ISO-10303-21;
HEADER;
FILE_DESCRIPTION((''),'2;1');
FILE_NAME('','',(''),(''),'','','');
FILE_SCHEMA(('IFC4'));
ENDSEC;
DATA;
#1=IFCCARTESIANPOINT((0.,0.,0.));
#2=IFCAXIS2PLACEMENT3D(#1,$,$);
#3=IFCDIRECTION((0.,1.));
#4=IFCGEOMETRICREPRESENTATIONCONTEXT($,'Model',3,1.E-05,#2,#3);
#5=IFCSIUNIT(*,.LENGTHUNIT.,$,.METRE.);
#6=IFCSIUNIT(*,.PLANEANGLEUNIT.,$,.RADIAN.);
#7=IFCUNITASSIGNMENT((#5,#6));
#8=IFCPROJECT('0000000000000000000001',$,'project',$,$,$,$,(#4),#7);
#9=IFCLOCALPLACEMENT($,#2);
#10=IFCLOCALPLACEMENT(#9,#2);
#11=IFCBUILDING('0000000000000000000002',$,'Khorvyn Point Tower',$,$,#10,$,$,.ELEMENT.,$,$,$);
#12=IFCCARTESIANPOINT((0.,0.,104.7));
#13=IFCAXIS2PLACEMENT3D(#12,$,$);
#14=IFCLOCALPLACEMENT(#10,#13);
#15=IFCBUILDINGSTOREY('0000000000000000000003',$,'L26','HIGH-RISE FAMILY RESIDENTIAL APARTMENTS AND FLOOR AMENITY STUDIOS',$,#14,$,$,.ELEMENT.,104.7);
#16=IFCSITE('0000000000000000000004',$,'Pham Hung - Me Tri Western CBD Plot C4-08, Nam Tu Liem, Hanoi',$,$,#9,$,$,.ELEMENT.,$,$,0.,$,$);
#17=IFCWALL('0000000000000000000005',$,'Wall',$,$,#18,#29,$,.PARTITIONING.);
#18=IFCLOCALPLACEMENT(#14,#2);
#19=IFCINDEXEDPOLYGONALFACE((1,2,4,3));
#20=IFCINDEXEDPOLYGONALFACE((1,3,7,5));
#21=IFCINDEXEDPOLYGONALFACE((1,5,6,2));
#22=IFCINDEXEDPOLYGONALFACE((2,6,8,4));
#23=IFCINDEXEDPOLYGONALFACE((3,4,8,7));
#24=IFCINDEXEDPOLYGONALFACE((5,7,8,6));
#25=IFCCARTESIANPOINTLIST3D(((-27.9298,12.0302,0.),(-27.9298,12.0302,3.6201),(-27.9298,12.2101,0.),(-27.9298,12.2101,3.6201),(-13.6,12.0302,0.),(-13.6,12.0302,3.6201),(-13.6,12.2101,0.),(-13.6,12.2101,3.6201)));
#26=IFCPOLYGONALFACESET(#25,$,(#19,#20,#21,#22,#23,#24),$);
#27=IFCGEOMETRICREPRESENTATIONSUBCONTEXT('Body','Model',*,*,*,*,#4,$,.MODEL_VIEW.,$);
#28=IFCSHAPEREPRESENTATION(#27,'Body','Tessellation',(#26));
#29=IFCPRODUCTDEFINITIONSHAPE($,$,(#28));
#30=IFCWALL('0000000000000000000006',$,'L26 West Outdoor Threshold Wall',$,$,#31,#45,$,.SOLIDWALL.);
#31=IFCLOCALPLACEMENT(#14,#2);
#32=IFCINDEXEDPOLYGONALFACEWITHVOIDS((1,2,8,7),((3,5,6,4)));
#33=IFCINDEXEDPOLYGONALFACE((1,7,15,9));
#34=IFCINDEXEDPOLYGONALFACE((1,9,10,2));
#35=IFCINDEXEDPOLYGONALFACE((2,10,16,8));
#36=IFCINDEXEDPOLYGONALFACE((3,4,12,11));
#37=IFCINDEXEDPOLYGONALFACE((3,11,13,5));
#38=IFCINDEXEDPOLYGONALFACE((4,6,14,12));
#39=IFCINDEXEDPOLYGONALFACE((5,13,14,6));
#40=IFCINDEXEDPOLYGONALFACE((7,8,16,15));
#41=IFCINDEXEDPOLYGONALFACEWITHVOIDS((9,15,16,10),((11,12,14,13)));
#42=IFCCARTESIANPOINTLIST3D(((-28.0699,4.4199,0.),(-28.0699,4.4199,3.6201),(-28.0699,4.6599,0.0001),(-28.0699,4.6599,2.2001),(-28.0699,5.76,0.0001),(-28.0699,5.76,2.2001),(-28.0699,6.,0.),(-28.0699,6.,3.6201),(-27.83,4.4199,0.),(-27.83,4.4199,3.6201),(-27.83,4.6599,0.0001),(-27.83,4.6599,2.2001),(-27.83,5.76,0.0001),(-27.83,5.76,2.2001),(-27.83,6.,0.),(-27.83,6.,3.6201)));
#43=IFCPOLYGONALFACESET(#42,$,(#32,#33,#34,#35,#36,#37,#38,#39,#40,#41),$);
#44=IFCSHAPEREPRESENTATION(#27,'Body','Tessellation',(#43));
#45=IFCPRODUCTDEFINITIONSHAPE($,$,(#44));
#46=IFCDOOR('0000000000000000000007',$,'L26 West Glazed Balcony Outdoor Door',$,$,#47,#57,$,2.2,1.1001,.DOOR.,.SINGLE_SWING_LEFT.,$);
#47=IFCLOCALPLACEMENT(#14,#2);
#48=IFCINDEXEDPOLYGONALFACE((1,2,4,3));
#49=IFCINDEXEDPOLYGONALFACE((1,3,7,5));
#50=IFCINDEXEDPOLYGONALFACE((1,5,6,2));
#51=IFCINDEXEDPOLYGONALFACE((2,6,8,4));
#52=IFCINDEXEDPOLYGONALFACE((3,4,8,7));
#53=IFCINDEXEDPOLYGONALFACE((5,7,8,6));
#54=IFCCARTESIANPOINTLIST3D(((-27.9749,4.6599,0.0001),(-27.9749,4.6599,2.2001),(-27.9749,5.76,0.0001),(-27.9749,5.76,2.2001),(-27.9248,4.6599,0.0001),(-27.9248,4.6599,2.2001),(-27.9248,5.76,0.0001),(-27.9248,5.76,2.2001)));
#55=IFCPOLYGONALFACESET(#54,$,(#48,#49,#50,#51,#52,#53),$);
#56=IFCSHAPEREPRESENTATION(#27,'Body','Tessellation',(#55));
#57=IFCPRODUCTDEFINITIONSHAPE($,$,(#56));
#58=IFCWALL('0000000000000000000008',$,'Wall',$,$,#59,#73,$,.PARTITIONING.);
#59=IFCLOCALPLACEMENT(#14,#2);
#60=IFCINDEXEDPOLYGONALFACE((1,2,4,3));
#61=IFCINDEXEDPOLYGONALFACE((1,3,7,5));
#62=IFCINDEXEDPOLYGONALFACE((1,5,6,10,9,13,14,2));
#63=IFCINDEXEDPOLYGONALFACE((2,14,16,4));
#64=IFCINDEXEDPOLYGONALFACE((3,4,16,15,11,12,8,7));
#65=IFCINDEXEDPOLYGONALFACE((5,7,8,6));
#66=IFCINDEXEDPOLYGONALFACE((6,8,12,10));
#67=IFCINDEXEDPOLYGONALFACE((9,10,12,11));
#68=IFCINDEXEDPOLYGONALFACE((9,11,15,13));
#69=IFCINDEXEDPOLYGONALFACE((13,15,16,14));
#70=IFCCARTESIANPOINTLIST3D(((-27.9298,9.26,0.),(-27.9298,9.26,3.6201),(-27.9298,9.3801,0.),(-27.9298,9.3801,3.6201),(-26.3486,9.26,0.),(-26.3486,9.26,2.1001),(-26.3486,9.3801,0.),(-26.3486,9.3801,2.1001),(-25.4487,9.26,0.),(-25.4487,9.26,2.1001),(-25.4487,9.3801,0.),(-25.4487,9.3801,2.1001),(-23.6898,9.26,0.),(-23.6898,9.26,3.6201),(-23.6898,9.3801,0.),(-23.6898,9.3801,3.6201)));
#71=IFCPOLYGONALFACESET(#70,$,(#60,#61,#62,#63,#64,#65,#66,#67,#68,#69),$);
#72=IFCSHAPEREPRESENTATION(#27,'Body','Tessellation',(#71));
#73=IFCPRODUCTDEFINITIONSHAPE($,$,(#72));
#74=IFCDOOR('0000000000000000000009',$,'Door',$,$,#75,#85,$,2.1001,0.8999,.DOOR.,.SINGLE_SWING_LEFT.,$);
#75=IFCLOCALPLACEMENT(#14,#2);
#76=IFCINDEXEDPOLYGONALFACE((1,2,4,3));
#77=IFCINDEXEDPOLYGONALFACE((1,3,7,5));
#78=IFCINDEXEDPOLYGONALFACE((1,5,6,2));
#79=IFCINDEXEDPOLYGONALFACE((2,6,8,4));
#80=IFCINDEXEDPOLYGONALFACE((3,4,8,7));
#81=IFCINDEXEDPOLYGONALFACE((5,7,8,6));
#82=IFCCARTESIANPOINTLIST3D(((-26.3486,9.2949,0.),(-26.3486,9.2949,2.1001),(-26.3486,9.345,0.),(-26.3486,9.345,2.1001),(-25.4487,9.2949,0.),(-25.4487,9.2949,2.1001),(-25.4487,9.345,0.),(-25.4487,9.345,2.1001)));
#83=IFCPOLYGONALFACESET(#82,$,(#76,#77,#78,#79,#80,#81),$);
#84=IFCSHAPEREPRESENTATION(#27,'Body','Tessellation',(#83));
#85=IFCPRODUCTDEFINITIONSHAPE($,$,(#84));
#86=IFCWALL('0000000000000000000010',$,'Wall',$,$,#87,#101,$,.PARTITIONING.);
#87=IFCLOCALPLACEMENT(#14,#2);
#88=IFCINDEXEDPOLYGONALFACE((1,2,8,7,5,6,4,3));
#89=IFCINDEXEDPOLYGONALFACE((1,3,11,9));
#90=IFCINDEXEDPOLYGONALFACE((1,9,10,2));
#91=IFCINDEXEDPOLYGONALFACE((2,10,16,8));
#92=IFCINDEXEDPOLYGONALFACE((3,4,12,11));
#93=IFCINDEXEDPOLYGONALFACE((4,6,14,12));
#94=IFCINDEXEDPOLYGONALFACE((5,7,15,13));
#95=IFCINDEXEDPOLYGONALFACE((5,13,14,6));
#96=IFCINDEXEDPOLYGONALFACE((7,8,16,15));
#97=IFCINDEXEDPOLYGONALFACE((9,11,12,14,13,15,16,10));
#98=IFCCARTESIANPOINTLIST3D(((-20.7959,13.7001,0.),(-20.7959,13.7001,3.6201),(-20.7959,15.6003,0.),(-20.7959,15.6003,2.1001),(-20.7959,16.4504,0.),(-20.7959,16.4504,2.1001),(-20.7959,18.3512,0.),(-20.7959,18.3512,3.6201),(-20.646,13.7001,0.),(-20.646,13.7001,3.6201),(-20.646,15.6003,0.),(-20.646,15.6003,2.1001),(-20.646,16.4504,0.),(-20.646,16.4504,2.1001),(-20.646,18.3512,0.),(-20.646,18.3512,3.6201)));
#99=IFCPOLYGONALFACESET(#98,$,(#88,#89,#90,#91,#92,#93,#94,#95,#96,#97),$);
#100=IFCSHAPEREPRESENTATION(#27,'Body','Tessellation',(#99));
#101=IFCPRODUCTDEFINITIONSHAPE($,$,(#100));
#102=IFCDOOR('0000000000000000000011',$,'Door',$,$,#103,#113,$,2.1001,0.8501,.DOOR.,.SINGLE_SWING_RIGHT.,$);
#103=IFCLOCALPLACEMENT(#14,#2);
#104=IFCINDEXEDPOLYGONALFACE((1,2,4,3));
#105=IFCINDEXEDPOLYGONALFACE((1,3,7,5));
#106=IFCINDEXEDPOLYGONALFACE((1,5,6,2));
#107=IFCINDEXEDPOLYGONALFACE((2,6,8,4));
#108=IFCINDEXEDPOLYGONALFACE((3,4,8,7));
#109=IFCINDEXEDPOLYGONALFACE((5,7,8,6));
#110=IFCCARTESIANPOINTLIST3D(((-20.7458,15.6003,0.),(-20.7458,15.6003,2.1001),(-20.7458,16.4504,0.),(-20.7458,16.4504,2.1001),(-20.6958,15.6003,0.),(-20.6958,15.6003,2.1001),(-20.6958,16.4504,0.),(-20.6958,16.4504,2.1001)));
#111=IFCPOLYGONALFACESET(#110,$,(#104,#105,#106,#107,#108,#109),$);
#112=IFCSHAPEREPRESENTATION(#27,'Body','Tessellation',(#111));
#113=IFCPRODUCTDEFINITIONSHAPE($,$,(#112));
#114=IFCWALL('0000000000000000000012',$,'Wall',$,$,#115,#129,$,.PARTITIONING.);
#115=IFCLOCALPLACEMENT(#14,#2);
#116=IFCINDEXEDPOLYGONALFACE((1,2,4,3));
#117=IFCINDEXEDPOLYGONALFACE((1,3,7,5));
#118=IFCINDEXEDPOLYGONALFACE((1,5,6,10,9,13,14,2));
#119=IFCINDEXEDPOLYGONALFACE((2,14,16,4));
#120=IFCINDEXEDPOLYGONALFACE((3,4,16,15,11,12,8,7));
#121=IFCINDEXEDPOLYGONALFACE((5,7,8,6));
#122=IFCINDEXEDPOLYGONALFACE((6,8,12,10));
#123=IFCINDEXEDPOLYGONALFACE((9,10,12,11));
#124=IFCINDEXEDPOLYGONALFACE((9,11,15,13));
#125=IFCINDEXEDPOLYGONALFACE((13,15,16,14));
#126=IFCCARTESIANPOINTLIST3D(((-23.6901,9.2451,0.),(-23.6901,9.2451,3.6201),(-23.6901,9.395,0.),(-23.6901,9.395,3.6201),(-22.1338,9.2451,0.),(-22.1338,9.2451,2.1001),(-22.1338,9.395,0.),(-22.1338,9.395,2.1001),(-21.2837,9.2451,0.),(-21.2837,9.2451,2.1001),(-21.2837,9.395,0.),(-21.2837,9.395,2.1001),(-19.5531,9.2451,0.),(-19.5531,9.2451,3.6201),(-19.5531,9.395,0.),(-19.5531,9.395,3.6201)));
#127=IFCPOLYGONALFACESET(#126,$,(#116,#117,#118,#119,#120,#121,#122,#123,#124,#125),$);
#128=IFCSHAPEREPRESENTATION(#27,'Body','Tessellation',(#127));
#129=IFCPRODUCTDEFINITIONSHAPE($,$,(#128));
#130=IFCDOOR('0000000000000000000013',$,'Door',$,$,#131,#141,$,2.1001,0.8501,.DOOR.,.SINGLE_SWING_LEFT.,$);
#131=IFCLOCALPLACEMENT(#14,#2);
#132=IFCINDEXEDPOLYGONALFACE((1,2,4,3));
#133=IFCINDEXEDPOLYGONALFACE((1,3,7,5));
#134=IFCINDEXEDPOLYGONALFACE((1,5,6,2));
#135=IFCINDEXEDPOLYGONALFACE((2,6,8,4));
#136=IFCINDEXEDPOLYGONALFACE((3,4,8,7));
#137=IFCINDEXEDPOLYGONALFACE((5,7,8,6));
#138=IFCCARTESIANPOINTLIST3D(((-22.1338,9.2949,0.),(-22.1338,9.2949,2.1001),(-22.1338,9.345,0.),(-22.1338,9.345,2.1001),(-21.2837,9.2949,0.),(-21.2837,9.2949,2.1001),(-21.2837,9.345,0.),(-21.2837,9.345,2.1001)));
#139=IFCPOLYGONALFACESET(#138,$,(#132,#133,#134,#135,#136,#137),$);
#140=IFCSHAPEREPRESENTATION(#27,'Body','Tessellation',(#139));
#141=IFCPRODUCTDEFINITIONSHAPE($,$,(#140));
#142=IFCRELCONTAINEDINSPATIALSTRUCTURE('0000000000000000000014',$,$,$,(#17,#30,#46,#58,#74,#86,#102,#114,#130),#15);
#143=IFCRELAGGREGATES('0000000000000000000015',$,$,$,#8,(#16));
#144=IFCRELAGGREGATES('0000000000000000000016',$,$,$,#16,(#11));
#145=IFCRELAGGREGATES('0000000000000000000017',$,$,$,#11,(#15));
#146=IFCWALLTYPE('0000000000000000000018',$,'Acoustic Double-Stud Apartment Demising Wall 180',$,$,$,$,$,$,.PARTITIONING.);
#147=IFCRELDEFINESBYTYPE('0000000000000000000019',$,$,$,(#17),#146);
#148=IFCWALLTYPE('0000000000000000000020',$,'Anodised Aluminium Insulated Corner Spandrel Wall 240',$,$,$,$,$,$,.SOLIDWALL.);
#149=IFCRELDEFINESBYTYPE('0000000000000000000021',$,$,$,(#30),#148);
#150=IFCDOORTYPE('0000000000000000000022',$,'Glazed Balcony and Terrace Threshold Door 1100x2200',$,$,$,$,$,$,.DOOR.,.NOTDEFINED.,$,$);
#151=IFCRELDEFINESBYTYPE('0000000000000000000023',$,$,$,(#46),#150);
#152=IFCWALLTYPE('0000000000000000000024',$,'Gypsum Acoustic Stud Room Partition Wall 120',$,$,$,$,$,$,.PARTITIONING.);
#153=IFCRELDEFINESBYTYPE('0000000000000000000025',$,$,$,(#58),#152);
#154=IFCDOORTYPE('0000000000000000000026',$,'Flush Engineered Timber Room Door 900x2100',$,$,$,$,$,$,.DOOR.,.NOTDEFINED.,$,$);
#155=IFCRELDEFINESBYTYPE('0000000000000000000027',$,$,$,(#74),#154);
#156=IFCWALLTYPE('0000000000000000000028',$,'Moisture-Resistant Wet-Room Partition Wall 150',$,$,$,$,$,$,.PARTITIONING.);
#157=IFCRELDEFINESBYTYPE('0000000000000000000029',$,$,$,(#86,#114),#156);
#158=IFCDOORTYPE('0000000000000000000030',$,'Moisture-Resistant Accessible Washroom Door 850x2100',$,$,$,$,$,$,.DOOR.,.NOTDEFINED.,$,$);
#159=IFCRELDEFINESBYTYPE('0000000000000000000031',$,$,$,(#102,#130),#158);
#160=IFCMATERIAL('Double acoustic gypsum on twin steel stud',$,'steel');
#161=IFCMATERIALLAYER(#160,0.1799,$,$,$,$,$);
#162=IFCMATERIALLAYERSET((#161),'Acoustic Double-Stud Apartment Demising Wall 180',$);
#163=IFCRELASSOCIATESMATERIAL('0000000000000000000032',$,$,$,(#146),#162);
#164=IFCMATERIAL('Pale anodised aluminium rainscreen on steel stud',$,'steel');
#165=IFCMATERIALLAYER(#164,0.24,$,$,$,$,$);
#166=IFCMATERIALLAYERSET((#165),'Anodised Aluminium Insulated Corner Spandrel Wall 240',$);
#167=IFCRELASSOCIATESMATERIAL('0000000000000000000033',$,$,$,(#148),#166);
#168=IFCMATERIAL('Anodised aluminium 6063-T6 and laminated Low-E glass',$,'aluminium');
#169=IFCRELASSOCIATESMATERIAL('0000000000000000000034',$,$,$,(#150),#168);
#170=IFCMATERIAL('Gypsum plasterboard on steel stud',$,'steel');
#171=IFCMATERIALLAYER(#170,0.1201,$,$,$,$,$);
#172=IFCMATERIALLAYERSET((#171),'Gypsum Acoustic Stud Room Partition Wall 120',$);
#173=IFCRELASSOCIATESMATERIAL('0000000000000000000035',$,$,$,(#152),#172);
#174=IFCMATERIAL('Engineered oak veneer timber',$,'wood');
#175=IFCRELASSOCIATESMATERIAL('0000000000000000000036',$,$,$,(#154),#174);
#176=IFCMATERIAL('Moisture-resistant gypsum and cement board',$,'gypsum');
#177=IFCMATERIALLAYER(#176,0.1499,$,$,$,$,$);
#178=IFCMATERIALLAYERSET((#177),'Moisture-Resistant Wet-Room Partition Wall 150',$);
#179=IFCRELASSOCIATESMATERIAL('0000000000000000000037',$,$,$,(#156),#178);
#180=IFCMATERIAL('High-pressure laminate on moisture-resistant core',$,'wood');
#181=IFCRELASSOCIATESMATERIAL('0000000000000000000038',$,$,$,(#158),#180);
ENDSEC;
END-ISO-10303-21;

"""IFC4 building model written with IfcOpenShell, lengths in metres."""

from ifc_helpers import new_model, si_unit, direction, frame, frame_2d, origin, place, context, subcontext, project, spatial, rectangle, extrude, material, layer, layer_set, type_object, element, fill, save


model = new_model("IFC4")

# Units and contexts
model_context = context("Model", 3, precision=1e-05, world=origin(), true_north=direction((0.0, 1.0)))
body_context = subcontext(model_context, "Body", "Model", "MODEL_VIEW")
ifc_project = project(units=[si_unit("LENGTHUNIT", "METRE"), si_unit("PLANEANGLEUNIT", "RADIAN")], contexts=[model_context])

# Site, building, storey
site_placement = place(None, origin())
site = spatial("IfcSite", under=ifc_project, at=site_placement, Name="Pham Hung - Me Tri Western CBD Plot C4-08, Nam Tu Liem, Hanoi", CompositionType="ELEMENT", RefElevation=0.0)
building_placement = place(site_placement, origin())
building = spatial("IfcBuilding", under=site, at=building_placement, Name="Khorvyn Point Tower", CompositionType="ELEMENT")
storey_placement = place(building_placement, frame((0.0, 0.0, 104.7)))
storey = spatial("IfcBuildingStorey", under=building, at=storey_placement, Name="L26", Description="HIGH-RISE FAMILY RESIDENTIAL APARTMENTS AND FLOOR AMENITY STUDIOS", CompositionType="ELEMENT", Elevation=104.7)

# Shared definitions
ifc_material_1 = material(Name="Anodised aluminium 6063-T6 and laminated Low-E glass", Category="aluminium")

# Shared definitions
ifc_material_2 = material(Name="Double acoustic gypsum on twin steel stud", Category="steel")
ifc_layer_1 = layer(ifc_material_2, 0.1799)
ifc_layer_set_1 = layer_set([ifc_layer_1], Name="Acoustic Double-Stud Apartment Demising Wall 180")
wall_type_1 = type_object("IfcWallType", Name="Acoustic Double-Stud Apartment Demising Wall 180", PredefinedType="PARTITIONING", material=ifc_layer_set_1)

# Wall
wall_1_placement = place(storey_placement, frame((-27.9299, 12.1201, 0.0), z_axis=(0.0, 0.0, 1.0), x_axis=(1.0, 0.0, 0.0)))
element("IfcWall", 1, at=wall_1_placement, inside=storey, type_object=wall_type_1, Name="Wall", PredefinedType="PARTITIONING", context=body_context, shape_type="SweptSolid", body=[
    extrude(rectangle(XDim=14.3298, YDim=0.1799, at=frame_2d((7.165, 0.0))), origin(), (0.0, 0.0, 1.0), 3.6201),
])

# Walls, openings, doors
ifc_material_3 = material(Name="Pale anodised aluminium rainscreen on steel stud", Category="steel")
ifc_layer_2 = layer(ifc_material_3, 0.24)
ifc_layer_set_2 = layer_set([ifc_layer_2], Name="Anodised Aluminium Insulated Corner Spandrel Wall 240")
wall_type_2 = type_object("IfcWallType", Name="Anodised Aluminium Insulated Corner Spandrel Wall 240", PredefinedType="SOLIDWALL", material=ifc_layer_set_2)
wall_2_placement = place(storey_placement, frame((-27.95, 4.4199, 0.0), z_axis=(0.0, 0.0, 1.0), x_axis=(0.0, 1.0, 0.0)))
wall_2 = element("IfcWall", 2, at=wall_2_placement, inside=storey, type_object=wall_type_2, Name="L26 West Outdoor Threshold Wall", PredefinedType="SOLIDWALL", context=body_context, shape_type="SweptSolid", body=[
    extrude(rectangle(XDim=1.5801, YDim=0.24, at=frame_2d((0.79, 0.0))), origin(), (0.0, 0.0, 1.0), 3.6201),
])
opening_1_placement = place(wall_2_placement, frame((0.24, 0.0, 0.0)))
opening_1 = element("IfcOpeningElement", 3, at=opening_1_placement, cuts=wall_2, PredefinedType="OPENING", context=body_context, shape_type="SweptSolid", body=[
    extrude(rectangle(XDim=1.1001, YDim=2.2, at=frame_2d((0.55, 1.1001))), frame((0.0, 0.1299, 0.0), z_axis=(0.0, -1.0, 0.0), x_axis=(1.0, 0.0, 0.0)), (0.0, 0.0, 1.0), 0.26),
])
door_type_1 = type_object("IfcDoorType", Name="Glazed Balcony and Terrace Threshold Door 1100x2200", OperationType="NOTDEFINED", PredefinedType="DOOR", material=ifc_material_1)
door_1_placement = place(opening_1_placement, origin())
door_1 = element("IfcDoor", 4, at=door_1_placement, inside=storey, type_object=door_type_1, Name="L26 West Glazed Balcony Outdoor Door", OperationType="SINGLE_SWING_LEFT", OverallHeight=2.2, OverallWidth=1.1001, PredefinedType="DOOR", context=body_context, shape_type="SweptSolid", body=[
    extrude(rectangle(XDim=1.1001, YDim=2.2, at=frame_2d((0.55, 1.1001))), frame((0.0, 0.0249, 0.0), z_axis=(0.0, -1.0, 0.0), x_axis=(1.0, 0.0, 0.0)), (0.0, 0.0, 1.0), 0.05),
])
fill(opening_1, door_1)
ifc_material_4 = material(Name="Gypsum plasterboard on steel stud", Category="steel")
ifc_layer_3 = layer(ifc_material_4, 0.1201)
ifc_layer_set_3 = layer_set([ifc_layer_3], Name="Gypsum Acoustic Stud Room Partition Wall 120")
wall_type_3 = type_object("IfcWallType", Name="Gypsum Acoustic Stud Room Partition Wall 120", PredefinedType="PARTITIONING", material=ifc_layer_set_3)
wall_3_placement = place(storey_placement, frame((-27.9299, 9.3201, 0.0), z_axis=(0.0, 0.0, 1.0), x_axis=(1.0, 0.0, 0.0)))
wall_3 = element("IfcWall", 5, at=wall_3_placement, inside=storey, type_object=wall_type_3, Name="Wall", PredefinedType="PARTITIONING", context=body_context, shape_type="SweptSolid", body=[
    extrude(rectangle(XDim=4.24, YDim=0.1201, at=frame_2d((2.1201, 0.0))), origin(), (0.0, 0.0, 1.0), 3.6201),
])
opening_2_placement = place(wall_3_placement, frame((1.5813, 0.0, 0.0)))
opening_2 = element("IfcOpeningElement", 6, at=opening_2_placement, cuts=wall_3, PredefinedType="OPENING", context=body_context, shape_type="SweptSolid", body=[
    extrude(rectangle(XDim=0.8999, YDim=2.1001, at=frame_2d((0.45, 1.05))), frame((0.0, 0.0701, 0.0), z_axis=(0.0, -1.0, 0.0), x_axis=(1.0, 0.0, 0.0)), (0.0, 0.0, 1.0), 0.1401),
])
ifc_material_5 = material(Name="Engineered oak veneer timber", Category="wood")
door_type_2 = type_object("IfcDoorType", Name="Flush Engineered Timber Room Door 900x2100", OperationType="NOTDEFINED", PredefinedType="DOOR", material=ifc_material_5)
door_2_placement = place(opening_2_placement, origin())
door_2 = element("IfcDoor", 7, at=door_2_placement, inside=storey, type_object=door_type_2, Name="Door", OperationType="SINGLE_SWING_LEFT", OverallHeight=2.1001, OverallWidth=0.8999, PredefinedType="DOOR", context=body_context, shape_type="SweptSolid", body=[
    extrude(rectangle(XDim=0.8999, YDim=2.1001, at=frame_2d((0.45, 1.05))), frame((0.0, 0.0249, 0.0), z_axis=(0.0, -1.0, 0.0), x_axis=(1.0, 0.0, 0.0)), (0.0, 0.0, 1.0), 0.05),
])
fill(opening_2, door_2)
ifc_material_6 = material(Name="Moisture-resistant gypsum and cement board", Category="gypsum")
ifc_layer_4 = layer(ifc_material_6, 0.1499)
ifc_layer_set_4 = layer_set([ifc_layer_4], Name="Moisture-Resistant Wet-Room Partition Wall 150")
wall_type_4 = type_object("IfcWallType", Name="Moisture-Resistant Wet-Room Partition Wall 150", PredefinedType="PARTITIONING", material=ifc_layer_set_4)
wall_4_placement = place(storey_placement, frame((-20.7209, 13.7, 0.0), z_axis=(0.0, 0.0, 1.0), x_axis=(0.0, 1.0, 0.0)))
wall_4 = element("IfcWall", 8, at=wall_4_placement, inside=storey, type_object=wall_type_4, Name="Wall", PredefinedType="PARTITIONING", context=body_context, shape_type="SweptSolid", body=[
    extrude(rectangle(XDim=4.6511, YDim=0.1499, at=frame_2d((2.3257, 0.0))), origin(), (0.0, 0.0, 1.0), 3.6201),
])
opening_3_placement = place(wall_4_placement, frame((1.9004, 0.0, 0.0)))
opening_3 = element("IfcOpeningElement", 9, at=opening_3_placement, cuts=wall_4, PredefinedType="OPENING", context=body_context, shape_type="SweptSolid", body=[
    extrude(rectangle(XDim=0.8501, YDim=2.1001, at=frame_2d((0.425, 1.05))), frame((0.0, 0.085, 0.0), z_axis=(0.0, -1.0, 0.0), x_axis=(1.0, 0.0, 0.0)), (0.0, 0.0, 1.0), 0.1699),
])
ifc_material_7 = material(Name="High-pressure laminate on moisture-resistant core", Category="wood")
door_type_3 = type_object("IfcDoorType", Name="Moisture-Resistant Accessible Washroom Door 850x2100", OperationType="NOTDEFINED", PredefinedType="DOOR", material=ifc_material_7)
door_3_placement = place(opening_3_placement, origin())
door_3 = element("IfcDoor", 10, at=door_3_placement, inside=storey, type_object=door_type_3, Name="Door", OperationType="SINGLE_SWING_RIGHT", OverallHeight=2.1001, OverallWidth=0.8501, PredefinedType="DOOR", context=body_context, shape_type="SweptSolid", body=[
    extrude(rectangle(XDim=0.8501, YDim=2.1001, at=frame_2d((0.425, 1.05))), frame((0.0, 0.0249, 0.0), z_axis=(0.0, -1.0, 0.0), x_axis=(1.0, 0.0, 0.0)), (0.0, 0.0, 1.0), 0.05),
])
fill(opening_3, door_3)
wall_5_placement = place(storey_placement, frame((-23.6899, 9.3201, 0.0), z_axis=(0.0, 0.0, 1.0), x_axis=(1.0, 0.0, 0.0)))
wall_5 = element("IfcWall", 11, at=wall_5_placement, inside=storey, type_object=wall_type_4, Name="Wall", PredefinedType="PARTITIONING", context=body_context, shape_type="SweptSolid", body=[
    extrude(rectangle(XDim=4.137, YDim=0.1499, at=frame_2d((2.0684, 0.0))), origin(), (0.0, 0.0, 1.0), 3.6201),
])
opening_4_placement = place(wall_5_placement, frame((1.5562, 0.0, 0.0)))
opening_4 = element("IfcOpeningElement", 12, at=opening_4_placement, cuts=wall_5, PredefinedType="OPENING", context=body_context, shape_type="SweptSolid", body=[
    extrude(rectangle(XDim=0.8501, YDim=2.1001, at=frame_2d((0.425, 1.05))), frame((0.0, 0.085, 0.0), z_axis=(0.0, -1.0, 0.0), x_axis=(1.0, 0.0, 0.0)), (0.0, 0.0, 1.0), 0.1699),
])
door_4_placement = place(opening_4_placement, origin())
door_4 = element("IfcDoor", 13, at=door_4_placement, inside=storey, type_object=door_type_3, Name="Door", OperationType="SINGLE_SWING_LEFT", OverallHeight=2.1001, OverallWidth=0.8501, PredefinedType="DOOR", context=body_context, shape_type="SweptSolid", body=[
    extrude(rectangle(XDim=0.8501, YDim=2.1001, at=frame_2d((0.425, 1.05))), frame((0.0, 0.0249, 0.0), z_axis=(0.0, -1.0, 0.0), x_axis=(1.0, 0.0, 0.0)), (0.0, 0.0, 1.0), 0.05),
])
fill(opening_4, door_4)

save(model, "model.ifc")
